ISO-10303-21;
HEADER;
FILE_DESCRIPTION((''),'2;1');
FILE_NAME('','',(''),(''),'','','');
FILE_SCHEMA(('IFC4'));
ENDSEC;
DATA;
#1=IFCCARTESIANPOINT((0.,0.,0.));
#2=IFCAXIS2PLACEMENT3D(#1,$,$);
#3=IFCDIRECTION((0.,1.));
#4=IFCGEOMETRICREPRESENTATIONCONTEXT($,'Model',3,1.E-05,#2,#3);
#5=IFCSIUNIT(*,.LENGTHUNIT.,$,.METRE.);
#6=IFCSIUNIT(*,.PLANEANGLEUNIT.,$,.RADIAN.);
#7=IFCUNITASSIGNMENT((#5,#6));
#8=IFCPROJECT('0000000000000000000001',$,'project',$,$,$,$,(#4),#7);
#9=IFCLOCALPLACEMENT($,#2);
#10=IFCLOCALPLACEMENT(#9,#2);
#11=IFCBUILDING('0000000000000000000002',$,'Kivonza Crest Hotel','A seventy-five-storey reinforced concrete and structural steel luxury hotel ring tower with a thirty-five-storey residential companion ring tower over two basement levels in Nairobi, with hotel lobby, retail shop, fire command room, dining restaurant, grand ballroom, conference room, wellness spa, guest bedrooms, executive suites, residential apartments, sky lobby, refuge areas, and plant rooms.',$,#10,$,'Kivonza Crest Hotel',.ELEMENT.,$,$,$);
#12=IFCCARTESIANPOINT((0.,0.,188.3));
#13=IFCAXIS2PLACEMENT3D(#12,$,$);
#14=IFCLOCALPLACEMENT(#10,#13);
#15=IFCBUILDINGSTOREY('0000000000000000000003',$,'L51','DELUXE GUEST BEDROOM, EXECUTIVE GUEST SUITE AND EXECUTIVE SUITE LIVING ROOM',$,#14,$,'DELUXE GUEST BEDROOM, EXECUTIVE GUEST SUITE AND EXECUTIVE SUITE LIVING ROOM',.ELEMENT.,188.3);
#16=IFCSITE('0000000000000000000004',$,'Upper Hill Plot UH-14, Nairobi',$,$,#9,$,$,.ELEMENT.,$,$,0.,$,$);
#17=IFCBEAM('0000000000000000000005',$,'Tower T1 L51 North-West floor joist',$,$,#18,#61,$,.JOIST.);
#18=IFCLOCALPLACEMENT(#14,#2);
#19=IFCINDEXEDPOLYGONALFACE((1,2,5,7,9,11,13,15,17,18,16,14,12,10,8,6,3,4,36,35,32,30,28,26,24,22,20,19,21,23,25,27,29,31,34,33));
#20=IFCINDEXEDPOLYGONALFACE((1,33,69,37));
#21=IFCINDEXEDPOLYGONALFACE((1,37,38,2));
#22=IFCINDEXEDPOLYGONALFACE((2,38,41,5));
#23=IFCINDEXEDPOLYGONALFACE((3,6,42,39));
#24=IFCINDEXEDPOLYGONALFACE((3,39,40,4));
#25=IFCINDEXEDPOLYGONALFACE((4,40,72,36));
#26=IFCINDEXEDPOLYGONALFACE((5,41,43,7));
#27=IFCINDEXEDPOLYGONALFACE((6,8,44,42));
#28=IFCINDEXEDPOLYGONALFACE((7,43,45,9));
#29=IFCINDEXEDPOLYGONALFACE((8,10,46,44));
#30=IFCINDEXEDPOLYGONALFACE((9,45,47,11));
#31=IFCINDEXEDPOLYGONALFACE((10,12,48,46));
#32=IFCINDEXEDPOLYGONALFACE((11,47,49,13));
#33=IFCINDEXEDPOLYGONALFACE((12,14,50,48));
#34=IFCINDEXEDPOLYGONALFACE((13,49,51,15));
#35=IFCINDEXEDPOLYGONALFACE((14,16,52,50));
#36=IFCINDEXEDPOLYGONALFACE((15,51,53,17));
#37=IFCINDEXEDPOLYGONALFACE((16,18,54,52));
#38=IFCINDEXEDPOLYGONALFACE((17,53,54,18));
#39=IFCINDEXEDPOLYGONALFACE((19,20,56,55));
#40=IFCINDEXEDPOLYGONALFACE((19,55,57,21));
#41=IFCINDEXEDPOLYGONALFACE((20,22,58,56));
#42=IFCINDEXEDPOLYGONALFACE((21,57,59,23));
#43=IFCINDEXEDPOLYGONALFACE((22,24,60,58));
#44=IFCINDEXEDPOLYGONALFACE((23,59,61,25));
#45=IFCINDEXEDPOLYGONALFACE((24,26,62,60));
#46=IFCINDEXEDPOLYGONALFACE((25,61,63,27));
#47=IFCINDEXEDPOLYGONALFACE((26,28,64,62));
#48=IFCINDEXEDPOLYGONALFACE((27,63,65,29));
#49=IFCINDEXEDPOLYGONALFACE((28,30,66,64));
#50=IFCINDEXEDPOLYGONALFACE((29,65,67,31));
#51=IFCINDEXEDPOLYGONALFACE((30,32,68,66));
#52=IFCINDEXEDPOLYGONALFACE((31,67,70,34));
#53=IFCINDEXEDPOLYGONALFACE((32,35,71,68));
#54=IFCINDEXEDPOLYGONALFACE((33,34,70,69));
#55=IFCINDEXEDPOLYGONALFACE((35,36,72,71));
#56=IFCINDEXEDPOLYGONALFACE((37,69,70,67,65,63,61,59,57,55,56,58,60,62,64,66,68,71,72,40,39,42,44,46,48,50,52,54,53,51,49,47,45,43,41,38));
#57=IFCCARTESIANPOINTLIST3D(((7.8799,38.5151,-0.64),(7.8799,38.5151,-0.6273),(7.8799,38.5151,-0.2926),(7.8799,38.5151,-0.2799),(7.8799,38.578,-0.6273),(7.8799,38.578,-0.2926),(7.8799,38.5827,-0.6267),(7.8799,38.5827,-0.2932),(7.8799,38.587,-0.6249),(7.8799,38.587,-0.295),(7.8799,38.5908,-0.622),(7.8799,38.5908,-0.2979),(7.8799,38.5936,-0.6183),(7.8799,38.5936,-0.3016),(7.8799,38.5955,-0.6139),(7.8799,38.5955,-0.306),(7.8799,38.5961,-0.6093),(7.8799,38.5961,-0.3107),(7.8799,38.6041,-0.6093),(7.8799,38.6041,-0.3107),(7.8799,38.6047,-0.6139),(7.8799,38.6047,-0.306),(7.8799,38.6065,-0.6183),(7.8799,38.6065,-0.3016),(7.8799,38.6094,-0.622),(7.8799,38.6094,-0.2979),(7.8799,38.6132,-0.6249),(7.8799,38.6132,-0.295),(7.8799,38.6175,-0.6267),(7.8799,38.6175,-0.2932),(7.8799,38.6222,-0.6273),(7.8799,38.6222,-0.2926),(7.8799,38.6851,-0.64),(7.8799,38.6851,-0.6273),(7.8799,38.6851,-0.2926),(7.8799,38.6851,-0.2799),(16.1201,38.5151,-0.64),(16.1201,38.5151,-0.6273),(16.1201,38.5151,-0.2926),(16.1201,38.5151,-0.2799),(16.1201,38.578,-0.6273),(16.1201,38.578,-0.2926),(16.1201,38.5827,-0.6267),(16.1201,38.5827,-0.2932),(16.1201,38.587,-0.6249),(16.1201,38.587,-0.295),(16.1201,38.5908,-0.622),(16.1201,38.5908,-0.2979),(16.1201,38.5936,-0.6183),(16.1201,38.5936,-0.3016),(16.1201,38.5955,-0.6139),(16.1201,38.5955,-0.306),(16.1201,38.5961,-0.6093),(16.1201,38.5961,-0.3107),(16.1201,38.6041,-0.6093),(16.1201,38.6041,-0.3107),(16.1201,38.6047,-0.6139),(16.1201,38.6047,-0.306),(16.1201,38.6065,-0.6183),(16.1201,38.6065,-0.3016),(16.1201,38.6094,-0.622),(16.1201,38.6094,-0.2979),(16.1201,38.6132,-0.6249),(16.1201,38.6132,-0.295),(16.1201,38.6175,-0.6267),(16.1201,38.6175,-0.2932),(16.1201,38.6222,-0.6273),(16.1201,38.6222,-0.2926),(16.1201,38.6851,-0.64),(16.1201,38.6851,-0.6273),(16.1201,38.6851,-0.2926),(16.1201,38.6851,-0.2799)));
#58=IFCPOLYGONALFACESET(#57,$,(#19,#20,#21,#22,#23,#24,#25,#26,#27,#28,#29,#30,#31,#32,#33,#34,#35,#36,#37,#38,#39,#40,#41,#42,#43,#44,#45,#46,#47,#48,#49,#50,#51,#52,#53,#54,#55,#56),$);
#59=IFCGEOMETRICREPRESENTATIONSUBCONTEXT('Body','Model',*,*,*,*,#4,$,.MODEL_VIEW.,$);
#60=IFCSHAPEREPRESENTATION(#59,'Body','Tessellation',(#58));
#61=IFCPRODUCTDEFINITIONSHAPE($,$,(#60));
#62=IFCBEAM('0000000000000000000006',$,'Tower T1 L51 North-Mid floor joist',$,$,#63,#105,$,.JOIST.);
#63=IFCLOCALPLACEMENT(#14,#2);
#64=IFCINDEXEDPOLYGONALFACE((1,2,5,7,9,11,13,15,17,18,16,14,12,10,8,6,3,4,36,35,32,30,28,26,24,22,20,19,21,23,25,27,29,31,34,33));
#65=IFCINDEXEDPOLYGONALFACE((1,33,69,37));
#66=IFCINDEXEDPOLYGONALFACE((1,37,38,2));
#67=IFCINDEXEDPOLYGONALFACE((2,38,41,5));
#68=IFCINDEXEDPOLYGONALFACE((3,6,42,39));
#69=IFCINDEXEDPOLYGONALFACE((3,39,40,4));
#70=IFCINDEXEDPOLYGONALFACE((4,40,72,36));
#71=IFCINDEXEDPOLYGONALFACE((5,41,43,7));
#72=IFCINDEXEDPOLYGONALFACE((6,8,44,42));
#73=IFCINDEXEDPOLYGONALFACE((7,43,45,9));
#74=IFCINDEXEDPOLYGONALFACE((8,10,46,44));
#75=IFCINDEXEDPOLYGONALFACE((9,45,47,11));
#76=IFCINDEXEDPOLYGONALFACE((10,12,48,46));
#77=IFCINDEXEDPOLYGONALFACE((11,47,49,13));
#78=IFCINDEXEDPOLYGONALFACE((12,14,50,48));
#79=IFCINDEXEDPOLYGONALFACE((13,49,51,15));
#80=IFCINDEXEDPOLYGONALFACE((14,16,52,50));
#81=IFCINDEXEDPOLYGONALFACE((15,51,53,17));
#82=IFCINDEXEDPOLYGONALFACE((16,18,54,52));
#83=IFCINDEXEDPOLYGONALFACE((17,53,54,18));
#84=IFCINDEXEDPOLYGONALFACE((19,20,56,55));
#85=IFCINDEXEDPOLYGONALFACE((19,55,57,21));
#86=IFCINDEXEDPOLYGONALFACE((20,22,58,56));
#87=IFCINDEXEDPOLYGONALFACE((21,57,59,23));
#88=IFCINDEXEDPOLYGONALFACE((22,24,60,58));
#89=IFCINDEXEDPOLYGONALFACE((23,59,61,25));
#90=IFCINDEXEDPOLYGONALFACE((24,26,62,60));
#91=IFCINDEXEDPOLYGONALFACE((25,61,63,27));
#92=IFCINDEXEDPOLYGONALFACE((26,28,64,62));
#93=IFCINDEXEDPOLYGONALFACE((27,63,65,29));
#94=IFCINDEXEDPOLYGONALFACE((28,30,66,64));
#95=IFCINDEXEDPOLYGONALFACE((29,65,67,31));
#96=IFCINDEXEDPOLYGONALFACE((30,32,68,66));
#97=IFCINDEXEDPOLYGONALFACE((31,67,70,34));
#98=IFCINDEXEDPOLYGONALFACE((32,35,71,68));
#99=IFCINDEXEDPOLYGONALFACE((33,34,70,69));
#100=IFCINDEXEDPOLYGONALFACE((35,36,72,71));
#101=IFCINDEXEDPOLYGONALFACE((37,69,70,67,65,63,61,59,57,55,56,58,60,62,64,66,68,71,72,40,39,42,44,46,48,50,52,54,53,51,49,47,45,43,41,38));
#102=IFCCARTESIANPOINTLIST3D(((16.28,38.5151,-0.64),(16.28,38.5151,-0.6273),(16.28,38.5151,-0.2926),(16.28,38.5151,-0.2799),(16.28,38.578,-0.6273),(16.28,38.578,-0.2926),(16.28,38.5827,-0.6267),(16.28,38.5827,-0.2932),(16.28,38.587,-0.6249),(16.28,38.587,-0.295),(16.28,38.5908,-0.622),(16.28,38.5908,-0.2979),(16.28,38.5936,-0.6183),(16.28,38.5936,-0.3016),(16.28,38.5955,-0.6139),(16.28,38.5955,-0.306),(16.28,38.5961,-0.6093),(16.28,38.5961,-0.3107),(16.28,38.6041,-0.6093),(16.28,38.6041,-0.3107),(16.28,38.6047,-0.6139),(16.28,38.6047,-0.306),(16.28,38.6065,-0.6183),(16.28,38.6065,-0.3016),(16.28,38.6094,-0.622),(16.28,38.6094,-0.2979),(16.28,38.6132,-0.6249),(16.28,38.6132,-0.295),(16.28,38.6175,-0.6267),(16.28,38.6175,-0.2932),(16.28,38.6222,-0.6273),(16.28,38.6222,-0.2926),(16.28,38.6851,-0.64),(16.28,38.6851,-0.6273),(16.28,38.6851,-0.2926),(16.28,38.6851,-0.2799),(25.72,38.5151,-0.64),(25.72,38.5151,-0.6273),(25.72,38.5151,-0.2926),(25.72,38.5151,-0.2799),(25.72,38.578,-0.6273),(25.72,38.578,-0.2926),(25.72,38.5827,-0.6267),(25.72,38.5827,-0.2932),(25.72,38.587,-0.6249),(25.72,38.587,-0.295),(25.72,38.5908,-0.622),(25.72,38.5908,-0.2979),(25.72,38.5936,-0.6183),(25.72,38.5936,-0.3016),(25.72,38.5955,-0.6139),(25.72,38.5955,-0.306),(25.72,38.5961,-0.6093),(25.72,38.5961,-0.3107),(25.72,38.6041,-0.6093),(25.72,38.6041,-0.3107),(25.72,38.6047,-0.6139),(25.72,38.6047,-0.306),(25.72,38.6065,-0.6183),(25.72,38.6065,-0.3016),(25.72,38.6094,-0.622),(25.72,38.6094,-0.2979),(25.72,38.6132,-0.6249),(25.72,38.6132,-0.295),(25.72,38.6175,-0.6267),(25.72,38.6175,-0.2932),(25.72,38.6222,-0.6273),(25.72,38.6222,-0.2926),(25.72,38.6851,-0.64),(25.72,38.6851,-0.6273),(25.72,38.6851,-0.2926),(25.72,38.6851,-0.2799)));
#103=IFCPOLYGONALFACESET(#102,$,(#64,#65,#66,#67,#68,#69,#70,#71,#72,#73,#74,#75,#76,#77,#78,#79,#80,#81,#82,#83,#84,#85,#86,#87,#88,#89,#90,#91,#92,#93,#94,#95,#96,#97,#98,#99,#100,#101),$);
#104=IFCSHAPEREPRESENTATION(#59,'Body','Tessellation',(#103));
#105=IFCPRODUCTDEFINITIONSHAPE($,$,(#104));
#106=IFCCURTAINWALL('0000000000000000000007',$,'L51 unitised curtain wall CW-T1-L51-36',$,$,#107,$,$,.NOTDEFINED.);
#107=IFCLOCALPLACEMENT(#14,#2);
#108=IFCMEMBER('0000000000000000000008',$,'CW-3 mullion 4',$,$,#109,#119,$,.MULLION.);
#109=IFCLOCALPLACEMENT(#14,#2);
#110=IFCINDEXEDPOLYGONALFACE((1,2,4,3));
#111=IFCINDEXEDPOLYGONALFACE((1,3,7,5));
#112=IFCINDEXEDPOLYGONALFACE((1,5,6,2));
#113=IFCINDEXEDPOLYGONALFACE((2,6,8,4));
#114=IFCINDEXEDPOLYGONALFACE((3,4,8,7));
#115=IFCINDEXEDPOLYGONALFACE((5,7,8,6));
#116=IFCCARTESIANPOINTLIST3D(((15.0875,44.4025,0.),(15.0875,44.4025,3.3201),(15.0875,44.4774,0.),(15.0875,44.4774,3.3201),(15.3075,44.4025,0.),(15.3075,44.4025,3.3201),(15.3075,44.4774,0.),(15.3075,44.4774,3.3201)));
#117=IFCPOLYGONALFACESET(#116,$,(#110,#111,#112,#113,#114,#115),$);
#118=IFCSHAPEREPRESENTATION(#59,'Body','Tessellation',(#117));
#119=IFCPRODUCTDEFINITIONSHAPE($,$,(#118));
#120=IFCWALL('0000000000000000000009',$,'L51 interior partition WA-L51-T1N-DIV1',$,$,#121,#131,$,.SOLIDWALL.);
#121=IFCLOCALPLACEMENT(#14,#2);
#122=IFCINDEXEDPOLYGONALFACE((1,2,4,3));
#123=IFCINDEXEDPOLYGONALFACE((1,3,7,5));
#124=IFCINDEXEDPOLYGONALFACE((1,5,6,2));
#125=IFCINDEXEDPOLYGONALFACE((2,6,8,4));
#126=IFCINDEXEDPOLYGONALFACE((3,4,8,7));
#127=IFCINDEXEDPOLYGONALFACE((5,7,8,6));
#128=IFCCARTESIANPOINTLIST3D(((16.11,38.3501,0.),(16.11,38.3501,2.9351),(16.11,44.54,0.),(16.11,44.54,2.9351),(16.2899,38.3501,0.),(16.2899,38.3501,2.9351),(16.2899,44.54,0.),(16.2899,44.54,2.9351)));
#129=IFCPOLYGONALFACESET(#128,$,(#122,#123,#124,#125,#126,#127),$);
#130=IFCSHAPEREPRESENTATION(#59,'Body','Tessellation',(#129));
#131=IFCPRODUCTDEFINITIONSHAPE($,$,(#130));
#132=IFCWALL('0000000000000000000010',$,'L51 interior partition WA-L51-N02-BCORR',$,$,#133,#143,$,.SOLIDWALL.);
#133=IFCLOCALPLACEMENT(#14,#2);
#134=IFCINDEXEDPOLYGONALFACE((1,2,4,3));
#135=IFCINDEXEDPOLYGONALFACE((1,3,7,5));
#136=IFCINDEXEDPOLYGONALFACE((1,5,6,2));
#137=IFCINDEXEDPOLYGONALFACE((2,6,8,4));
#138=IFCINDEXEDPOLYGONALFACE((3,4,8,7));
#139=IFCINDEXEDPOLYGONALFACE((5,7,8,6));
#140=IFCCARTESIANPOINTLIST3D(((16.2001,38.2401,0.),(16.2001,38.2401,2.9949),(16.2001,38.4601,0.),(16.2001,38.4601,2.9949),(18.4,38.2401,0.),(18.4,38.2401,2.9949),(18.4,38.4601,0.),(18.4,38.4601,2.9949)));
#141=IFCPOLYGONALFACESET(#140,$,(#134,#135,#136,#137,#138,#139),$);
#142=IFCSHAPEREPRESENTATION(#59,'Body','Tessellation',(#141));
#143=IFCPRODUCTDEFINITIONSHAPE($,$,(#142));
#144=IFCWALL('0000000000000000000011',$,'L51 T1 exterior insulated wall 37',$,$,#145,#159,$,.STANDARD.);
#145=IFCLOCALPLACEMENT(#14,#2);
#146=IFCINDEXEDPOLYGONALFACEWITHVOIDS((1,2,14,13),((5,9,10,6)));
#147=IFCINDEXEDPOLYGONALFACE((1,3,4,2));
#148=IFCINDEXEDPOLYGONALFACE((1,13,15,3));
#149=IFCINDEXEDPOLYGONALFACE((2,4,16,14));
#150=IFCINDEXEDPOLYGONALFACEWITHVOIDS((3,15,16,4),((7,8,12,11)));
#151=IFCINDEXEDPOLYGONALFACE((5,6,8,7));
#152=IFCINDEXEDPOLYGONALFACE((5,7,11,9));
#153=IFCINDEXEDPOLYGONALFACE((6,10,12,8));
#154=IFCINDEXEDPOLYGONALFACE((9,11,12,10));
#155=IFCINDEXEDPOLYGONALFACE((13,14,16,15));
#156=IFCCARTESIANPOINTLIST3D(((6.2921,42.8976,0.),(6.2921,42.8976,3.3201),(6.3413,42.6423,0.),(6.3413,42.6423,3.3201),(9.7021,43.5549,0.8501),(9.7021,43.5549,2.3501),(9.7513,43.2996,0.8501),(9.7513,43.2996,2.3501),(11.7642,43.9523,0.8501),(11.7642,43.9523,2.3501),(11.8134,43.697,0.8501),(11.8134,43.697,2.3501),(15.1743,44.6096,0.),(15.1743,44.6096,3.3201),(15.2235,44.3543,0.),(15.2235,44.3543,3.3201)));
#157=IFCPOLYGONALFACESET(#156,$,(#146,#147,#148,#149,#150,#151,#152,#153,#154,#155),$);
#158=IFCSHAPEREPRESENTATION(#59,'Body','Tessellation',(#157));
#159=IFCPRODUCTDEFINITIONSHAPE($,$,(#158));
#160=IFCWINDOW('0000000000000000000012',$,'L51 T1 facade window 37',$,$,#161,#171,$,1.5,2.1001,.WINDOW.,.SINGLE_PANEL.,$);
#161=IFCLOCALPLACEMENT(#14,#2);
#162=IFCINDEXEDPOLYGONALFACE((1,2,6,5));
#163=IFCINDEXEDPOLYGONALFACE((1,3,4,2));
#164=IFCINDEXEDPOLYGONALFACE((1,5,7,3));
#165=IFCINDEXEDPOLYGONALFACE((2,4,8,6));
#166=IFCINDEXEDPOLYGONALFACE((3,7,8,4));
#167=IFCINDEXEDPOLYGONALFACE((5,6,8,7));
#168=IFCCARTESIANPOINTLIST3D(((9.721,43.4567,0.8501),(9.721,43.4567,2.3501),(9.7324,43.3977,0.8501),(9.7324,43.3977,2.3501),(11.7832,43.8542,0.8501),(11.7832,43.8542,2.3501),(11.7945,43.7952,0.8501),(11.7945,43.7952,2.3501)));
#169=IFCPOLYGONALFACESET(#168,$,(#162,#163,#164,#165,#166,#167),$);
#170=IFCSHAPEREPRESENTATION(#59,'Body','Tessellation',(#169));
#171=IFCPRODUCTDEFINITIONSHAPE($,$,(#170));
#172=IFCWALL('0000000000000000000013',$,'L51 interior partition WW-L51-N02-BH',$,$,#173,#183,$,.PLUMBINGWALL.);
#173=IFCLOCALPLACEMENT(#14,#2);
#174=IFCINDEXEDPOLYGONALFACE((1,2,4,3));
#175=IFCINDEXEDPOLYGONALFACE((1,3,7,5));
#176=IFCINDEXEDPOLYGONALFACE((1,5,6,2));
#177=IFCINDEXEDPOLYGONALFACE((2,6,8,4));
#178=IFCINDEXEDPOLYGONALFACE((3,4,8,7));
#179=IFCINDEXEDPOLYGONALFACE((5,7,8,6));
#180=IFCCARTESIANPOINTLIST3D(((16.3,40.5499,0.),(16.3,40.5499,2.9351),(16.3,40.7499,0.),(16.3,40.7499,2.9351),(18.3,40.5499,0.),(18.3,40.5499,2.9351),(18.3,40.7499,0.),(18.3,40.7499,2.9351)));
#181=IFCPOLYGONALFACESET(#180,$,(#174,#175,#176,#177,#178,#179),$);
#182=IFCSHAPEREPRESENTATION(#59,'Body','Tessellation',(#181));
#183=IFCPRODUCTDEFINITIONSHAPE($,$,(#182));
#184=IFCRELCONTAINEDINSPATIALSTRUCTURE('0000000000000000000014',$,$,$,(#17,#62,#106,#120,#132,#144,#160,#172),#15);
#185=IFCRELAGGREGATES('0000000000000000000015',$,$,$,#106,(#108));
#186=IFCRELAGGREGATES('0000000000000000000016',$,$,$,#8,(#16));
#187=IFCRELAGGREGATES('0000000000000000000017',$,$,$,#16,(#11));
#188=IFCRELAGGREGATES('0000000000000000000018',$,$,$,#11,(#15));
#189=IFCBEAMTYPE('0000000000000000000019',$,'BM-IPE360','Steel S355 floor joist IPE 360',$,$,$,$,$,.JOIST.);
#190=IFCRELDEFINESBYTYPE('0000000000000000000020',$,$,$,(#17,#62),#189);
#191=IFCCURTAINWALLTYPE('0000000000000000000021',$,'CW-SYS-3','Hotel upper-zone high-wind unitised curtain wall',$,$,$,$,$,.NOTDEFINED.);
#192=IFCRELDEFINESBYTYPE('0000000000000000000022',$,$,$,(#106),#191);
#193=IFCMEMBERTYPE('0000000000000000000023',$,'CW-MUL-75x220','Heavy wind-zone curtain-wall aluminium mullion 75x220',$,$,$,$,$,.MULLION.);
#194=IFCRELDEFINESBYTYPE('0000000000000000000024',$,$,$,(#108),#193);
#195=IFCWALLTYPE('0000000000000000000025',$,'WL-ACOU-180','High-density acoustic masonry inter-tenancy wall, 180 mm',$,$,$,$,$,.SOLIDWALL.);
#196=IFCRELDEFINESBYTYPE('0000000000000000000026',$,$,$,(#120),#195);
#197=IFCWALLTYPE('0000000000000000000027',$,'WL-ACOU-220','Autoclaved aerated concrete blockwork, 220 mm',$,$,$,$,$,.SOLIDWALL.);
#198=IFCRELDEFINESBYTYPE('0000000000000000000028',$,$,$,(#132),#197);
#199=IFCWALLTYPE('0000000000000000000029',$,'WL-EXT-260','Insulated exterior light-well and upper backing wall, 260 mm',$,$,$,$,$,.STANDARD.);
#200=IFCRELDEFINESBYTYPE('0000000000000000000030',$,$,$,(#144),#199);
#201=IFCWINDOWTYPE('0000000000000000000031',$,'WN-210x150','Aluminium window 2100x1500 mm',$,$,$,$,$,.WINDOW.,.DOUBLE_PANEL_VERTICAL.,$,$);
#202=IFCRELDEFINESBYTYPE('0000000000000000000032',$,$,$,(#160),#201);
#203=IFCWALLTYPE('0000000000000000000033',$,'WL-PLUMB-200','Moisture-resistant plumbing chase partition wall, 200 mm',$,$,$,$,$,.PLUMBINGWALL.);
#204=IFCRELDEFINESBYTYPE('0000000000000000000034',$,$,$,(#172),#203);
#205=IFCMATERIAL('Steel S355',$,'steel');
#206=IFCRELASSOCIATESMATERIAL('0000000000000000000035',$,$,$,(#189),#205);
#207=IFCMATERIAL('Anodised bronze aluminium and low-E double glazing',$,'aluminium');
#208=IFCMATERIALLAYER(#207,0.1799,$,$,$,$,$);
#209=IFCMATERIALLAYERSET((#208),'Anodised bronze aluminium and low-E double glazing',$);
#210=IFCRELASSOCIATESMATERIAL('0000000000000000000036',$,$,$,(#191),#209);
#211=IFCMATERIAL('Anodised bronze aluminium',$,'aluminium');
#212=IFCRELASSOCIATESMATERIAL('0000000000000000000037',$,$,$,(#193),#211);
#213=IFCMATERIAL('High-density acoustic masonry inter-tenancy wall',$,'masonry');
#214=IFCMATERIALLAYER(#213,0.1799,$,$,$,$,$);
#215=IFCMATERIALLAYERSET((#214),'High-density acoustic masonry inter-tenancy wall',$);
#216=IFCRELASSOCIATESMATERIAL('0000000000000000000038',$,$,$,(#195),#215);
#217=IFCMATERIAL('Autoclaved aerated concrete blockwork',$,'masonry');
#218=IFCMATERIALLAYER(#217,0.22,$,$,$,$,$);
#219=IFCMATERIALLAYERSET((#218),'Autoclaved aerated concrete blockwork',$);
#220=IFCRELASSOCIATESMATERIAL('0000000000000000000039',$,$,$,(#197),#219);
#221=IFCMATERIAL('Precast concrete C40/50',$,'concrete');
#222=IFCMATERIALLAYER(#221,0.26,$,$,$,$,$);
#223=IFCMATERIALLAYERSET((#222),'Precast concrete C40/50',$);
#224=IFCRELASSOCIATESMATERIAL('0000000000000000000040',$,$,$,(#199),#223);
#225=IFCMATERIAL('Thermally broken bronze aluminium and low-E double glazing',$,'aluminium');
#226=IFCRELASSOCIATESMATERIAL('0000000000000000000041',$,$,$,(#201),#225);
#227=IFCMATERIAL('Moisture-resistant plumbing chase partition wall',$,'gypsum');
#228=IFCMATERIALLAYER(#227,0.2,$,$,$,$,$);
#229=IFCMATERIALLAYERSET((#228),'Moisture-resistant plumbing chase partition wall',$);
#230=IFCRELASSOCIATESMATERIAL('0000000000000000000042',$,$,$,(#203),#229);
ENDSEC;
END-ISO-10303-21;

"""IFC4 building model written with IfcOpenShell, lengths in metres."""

from ifc_helpers import new_model, si_unit, direction, frame, frame_2d, origin, origin_2d, place, context, subcontext, project, spatial, rectangle, i_section, extrude, material, layer, layer_set, material_profile, profile_set, type_object, element, fill, aggregate, save


model = new_model("IFC4")

# Units and contexts
model_context = context("Model", 3, precision=1e-05, world=origin(), true_north=direction((0.0, 1.0)))
body_context = subcontext(model_context, "Body", "Model", "MODEL_VIEW")
ifc_project = project(units=[si_unit("LENGTHUNIT", "METRE"), si_unit("PLANEANGLEUNIT", "RADIAN")], contexts=[model_context])

# Site, building, storey
site_placement = place(None, origin())
site = spatial("IfcSite", under=ifc_project, at=site_placement, Name="Upper Hill Plot UH-14, Nairobi", CompositionType="ELEMENT", RefElevation=0.0)
building_placement = place(site_placement, origin())
building = spatial("IfcBuilding", under=site, at=building_placement, Name="Kivonza Crest Hotel", Description="A seventy-five-storey reinforced concrete and structural steel luxury hotel ring tower with a thirty-five-storey residential companion ring tower over two basement levels in Nairobi, with hotel lobby, retail shop, fire command room, dining restaurant, grand ballroom, conference room, wellness spa, guest bedrooms, executive suites, residential apartments, sky lobby, refuge areas, and plant rooms.", LongName="Kivonza Crest Hotel", CompositionType="ELEMENT")
storey_placement = place(building_placement, frame((0.0, 0.0, 188.3)))
storey = spatial("IfcBuildingStorey", under=building, at=storey_placement, Name="L51", Description="DELUXE GUEST BEDROOM, EXECUTIVE GUEST SUITE AND EXECUTIVE SUITE LIVING ROOM", LongName="DELUXE GUEST BEDROOM, EXECUTIVE GUEST SUITE AND EXECUTIVE SUITE LIVING ROOM", CompositionType="ELEMENT", Elevation=188.3)

# Beams
ifc_material_1 = material(Name="Steel S355", Category="steel")
ifc_material_profile_1 = material_profile(ifc_material_1, i_section(OverallWidth=0.1699, OverallDepth=0.3601, WebThickness=0.0081, FlangeThickness=0.0127, FilletRadius=0.0181, at=origin_2d()), Name="IPE 360")
ifc_profile_set_1 = profile_set([ifc_material_profile_1], Name="Steel S355")
beam_type_1 = type_object("IfcBeamType", Name="BM-IPE360", Description="Steel S355 floor joist IPE 360", PredefinedType="JOIST", material=ifc_profile_set_1)
beam_1_placement = place(storey_placement, frame((7.8799, 38.6001, -0.46), z_axis=(1.0, 0.0, 0.0), x_axis=(0.0, 1.0, 0.0)))
element("IfcBeam", 1, at=beam_1_placement, inside=storey, type_object=beam_type_1, Name="Tower T1 L51 North-West floor joist", PredefinedType="JOIST", context=body_context, shape_type="SweptSolid", body=[
    extrude(i_section(OverallWidth=0.1699, OverallDepth=0.3601, WebThickness=0.0081, FlangeThickness=0.0127, FilletRadius=0.0181, at=origin_2d()), origin(), (0.0, 0.0, 1.0), 8.2402),
])
beam_2_placement = place(storey_placement, frame((16.28, 38.6001, -0.46), z_axis=(1.0, 0.0, 0.0), x_axis=(0.0, 1.0, 0.0)))
element("IfcBeam", 2, at=beam_2_placement, inside=storey, type_object=beam_type_1, Name="Tower T1 L51 North-Mid floor joist", PredefinedType="JOIST", context=body_context, shape_type="SweptSolid", body=[
    extrude(i_section(OverallWidth=0.1699, OverallDepth=0.3601, WebThickness=0.0081, FlangeThickness=0.0127, FilletRadius=0.0181, at=origin_2d()), origin(), (0.0, 0.0, 1.0), 9.4399),
])

# Curtain wall, member
ifc_material_2 = material(Name="Anodised bronze aluminium and low-E double glazing", Category="aluminium")
ifc_layer_1 = layer(ifc_material_2, 0.1799)
ifc_layer_set_1 = layer_set([ifc_layer_1], Name="Anodised bronze aluminium and low-E double glazing")
curtain_wall_type = type_object("IfcCurtainWallType", Name="CW-SYS-3", Description="Hotel upper-zone high-wind unitised curtain wall", PredefinedType="NOTDEFINED", material=ifc_layer_set_1)
curtain_wall_placement = place(storey_placement, origin())
curtain_wall = element("IfcCurtainWall", 3, at=curtain_wall_placement, inside=storey, type_object=curtain_wall_type, Name="L51 unitised curtain wall CW-T1-L51-36", PredefinedType="NOTDEFINED")
ifc_material_3 = material(Name="Anodised bronze aluminium", Category="aluminium")
ifc_material_profile_2 = material_profile(ifc_material_3, rectangle(XDim=0.075, YDim=0.22, at=origin_2d()), Name="CW-M 75x220")
ifc_profile_set_2 = profile_set([ifc_material_profile_2], Name="Anodised bronze aluminium")
member_type = type_object("IfcMemberType", Name="CW-MUL-75x220", Description="Heavy wind-zone curtain-wall aluminium mullion 75x220", PredefinedType="MULLION", material=ifc_profile_set_2)
member_placement = place(storey_placement, frame((15.1975, 44.4399, 0.0), z_axis=(0.0, 0.0, 1.0), x_axis=(0.0, -1.0, 0.0)))
member = element("IfcMember", 4, at=member_placement, type_object=member_type, Name="CW-3 mullion 4", PredefinedType="MULLION", context=body_context, shape_type="SweptSolid", body=[
    extrude(rectangle(XDim=0.075, YDim=0.22, at=origin_2d()), origin(), (0.0, 0.0, 1.0), 3.3201),
])
aggregate(curtain_wall, [member])

# Walls
ifc_material_4 = material(Name="High-density acoustic masonry inter-tenancy wall", Category="masonry")
ifc_layer_2 = layer(ifc_material_4, 0.1799)
ifc_layer_set_2 = layer_set([ifc_layer_2], Name="High-density acoustic masonry inter-tenancy wall")
wall_type_1 = type_object("IfcWallType", Name="WL-ACOU-180", Description="High-density acoustic masonry inter-tenancy wall, 180 mm", PredefinedType="SOLIDWALL", material=ifc_layer_set_2)
wall_1_placement = place(storey_placement, frame((16.2, 38.3501, 0.0), z_axis=(0.0, 0.0, 1.0), x_axis=(0.0, 1.0, 0.0)))
element("IfcWall", 5, at=wall_1_placement, inside=storey, type_object=wall_type_1, Name="L51 interior partition WA-L51-T1N-DIV1", PredefinedType="SOLIDWALL", context=body_context, shape_type="SweptSolid", body=[
    extrude(rectangle(XDim=6.1899, YDim=0.1799, at=frame_2d((3.095, 0.0))), origin(), (0.0, 0.0, 1.0), 2.9351),
])
ifc_material_5 = material(Name="Autoclaved aerated concrete blockwork", Category="masonry")
ifc_layer_3 = layer(ifc_material_5, 0.22)
ifc_layer_set_3 = layer_set([ifc_layer_3], Name="Autoclaved aerated concrete blockwork")
wall_type_2 = type_object("IfcWallType", Name="WL-ACOU-220", Description="Autoclaved aerated concrete blockwork, 220 mm", PredefinedType="SOLIDWALL", material=ifc_layer_set_3)
wall_2_placement = place(storey_placement, frame((16.2, 38.3501, 0.0), z_axis=(0.0, 0.0, 1.0), x_axis=(1.0, 0.0, 0.0)))
element("IfcWall", 6, at=wall_2_placement, inside=storey, type_object=wall_type_2, Name="L51 interior partition WA-L51-N02-BCORR", PredefinedType="SOLIDWALL", context=body_context, shape_type="SweptSolid", body=[
    extrude(rectangle(XDim=2.2, YDim=0.22, at=frame_2d((1.1001, 0.0))), origin(), (0.0, 0.0, 1.0), 2.9949),
])

# Wall, opening, window
ifc_material_6 = material(Name="Precast concrete C40/50", Category="concrete")
ifc_layer_4 = layer(ifc_material_6, 0.26)
ifc_layer_set_4 = layer_set([ifc_layer_4], Name="Precast concrete C40/50")
wall_type_3 = type_object("IfcWallType", Name="WL-EXT-260", Description="Insulated exterior light-well and upper backing wall, 260 mm", PredefinedType="STANDARD", material=ifc_layer_set_4)
wall_3_placement = place(storey_placement, frame((15.199, 44.4819, 0.0), z_axis=(0.0, 0.0, 1.0), x_axis=(-0.981928, -0.189255, 0.0)))
wall_3 = element("IfcWall", 7, at=wall_3_placement, inside=storey, type_object=wall_type_3, Name="L51 T1 exterior insulated wall 37", PredefinedType="STANDARD", context=body_context, shape_type="SweptSolid", body=[
    extrude(rectangle(XDim=9.0457, YDim=0.26, at=frame_2d((4.5229, 0.0))), origin(), (0.0, 0.0, 1.0), 3.3201),
])
opening_placement = place(wall_3_placement, frame((3.4729, 0.0, 0.8501)))
opening = element("IfcOpeningElement", 8, at=opening_placement, cuts=wall_3, PredefinedType="OPENING", context=body_context, shape_type="SweptSolid", body=[
    extrude(rectangle(XDim=2.1001, YDim=1.5, at=frame_2d((1.05, 0.75))), frame((0.0, 0.1401, 0.0), z_axis=(0.0, -1.0, 0.0), x_axis=(1.0, 0.0, 0.0)), (0.0, 0.0, 1.0), 0.28),
])
ifc_material_7 = material(Name="Thermally broken bronze aluminium and low-E double glazing", Category="aluminium")
window_type = type_object("IfcWindowType", Name="WN-210x150", Description="Aluminium window 2100x1500 mm", PartitioningType="DOUBLE_PANEL_VERTICAL", PredefinedType="WINDOW", material=ifc_material_7)
window_placement = place(opening_placement, origin())
window = element("IfcWindow", 9, at=window_placement, inside=storey, type_object=window_type, Name="L51 T1 facade window 37", OverallHeight=1.5, OverallWidth=2.1001, PartitioningType="SINGLE_PANEL", PredefinedType="WINDOW", context=body_context, shape_type="SweptSolid", body=[
    extrude(rectangle(XDim=2.1001, YDim=1.5, at=frame_2d((1.05, 0.75))), frame((0.0, 0.03, 0.0), z_axis=(0.0, -1.0, 0.0), x_axis=(1.0, 0.0, 0.0)), (0.0, 0.0, 1.0), 0.0601),
])
fill(opening, window)

# Wall
ifc_material_8 = material(Name="Moisture-resistant plumbing chase partition wall", Category="gypsum")
ifc_layer_5 = layer(ifc_material_8, 0.2)
ifc_layer_set_5 = layer_set([ifc_layer_5], Name="Moisture-resistant plumbing chase partition wall")
wall_type_4 = type_object("IfcWallType", Name="WL-PLUMB-200", Description="Moisture-resistant plumbing chase partition wall, 200 mm", PredefinedType="PLUMBINGWALL", material=ifc_layer_set_5)
wall_4_placement = place(storey_placement, frame((16.3, 40.6499, 0.0), z_axis=(0.0, 0.0, 1.0), x_axis=(1.0, 0.0, 0.0)))
element("IfcWall", 10, at=wall_4_placement, inside=storey, type_object=wall_type_4, Name="L51 interior partition WW-L51-N02-BH", PredefinedType="PLUMBINGWALL", context=body_context, shape_type="SweptSolid", body=[
    extrude(rectangle(XDim=2.0, YDim=0.2, at=frame_2d((1.0, 0.0))), origin(), (0.0, 0.0, 1.0), 2.9351),
])

save(model, "model.ifc")
